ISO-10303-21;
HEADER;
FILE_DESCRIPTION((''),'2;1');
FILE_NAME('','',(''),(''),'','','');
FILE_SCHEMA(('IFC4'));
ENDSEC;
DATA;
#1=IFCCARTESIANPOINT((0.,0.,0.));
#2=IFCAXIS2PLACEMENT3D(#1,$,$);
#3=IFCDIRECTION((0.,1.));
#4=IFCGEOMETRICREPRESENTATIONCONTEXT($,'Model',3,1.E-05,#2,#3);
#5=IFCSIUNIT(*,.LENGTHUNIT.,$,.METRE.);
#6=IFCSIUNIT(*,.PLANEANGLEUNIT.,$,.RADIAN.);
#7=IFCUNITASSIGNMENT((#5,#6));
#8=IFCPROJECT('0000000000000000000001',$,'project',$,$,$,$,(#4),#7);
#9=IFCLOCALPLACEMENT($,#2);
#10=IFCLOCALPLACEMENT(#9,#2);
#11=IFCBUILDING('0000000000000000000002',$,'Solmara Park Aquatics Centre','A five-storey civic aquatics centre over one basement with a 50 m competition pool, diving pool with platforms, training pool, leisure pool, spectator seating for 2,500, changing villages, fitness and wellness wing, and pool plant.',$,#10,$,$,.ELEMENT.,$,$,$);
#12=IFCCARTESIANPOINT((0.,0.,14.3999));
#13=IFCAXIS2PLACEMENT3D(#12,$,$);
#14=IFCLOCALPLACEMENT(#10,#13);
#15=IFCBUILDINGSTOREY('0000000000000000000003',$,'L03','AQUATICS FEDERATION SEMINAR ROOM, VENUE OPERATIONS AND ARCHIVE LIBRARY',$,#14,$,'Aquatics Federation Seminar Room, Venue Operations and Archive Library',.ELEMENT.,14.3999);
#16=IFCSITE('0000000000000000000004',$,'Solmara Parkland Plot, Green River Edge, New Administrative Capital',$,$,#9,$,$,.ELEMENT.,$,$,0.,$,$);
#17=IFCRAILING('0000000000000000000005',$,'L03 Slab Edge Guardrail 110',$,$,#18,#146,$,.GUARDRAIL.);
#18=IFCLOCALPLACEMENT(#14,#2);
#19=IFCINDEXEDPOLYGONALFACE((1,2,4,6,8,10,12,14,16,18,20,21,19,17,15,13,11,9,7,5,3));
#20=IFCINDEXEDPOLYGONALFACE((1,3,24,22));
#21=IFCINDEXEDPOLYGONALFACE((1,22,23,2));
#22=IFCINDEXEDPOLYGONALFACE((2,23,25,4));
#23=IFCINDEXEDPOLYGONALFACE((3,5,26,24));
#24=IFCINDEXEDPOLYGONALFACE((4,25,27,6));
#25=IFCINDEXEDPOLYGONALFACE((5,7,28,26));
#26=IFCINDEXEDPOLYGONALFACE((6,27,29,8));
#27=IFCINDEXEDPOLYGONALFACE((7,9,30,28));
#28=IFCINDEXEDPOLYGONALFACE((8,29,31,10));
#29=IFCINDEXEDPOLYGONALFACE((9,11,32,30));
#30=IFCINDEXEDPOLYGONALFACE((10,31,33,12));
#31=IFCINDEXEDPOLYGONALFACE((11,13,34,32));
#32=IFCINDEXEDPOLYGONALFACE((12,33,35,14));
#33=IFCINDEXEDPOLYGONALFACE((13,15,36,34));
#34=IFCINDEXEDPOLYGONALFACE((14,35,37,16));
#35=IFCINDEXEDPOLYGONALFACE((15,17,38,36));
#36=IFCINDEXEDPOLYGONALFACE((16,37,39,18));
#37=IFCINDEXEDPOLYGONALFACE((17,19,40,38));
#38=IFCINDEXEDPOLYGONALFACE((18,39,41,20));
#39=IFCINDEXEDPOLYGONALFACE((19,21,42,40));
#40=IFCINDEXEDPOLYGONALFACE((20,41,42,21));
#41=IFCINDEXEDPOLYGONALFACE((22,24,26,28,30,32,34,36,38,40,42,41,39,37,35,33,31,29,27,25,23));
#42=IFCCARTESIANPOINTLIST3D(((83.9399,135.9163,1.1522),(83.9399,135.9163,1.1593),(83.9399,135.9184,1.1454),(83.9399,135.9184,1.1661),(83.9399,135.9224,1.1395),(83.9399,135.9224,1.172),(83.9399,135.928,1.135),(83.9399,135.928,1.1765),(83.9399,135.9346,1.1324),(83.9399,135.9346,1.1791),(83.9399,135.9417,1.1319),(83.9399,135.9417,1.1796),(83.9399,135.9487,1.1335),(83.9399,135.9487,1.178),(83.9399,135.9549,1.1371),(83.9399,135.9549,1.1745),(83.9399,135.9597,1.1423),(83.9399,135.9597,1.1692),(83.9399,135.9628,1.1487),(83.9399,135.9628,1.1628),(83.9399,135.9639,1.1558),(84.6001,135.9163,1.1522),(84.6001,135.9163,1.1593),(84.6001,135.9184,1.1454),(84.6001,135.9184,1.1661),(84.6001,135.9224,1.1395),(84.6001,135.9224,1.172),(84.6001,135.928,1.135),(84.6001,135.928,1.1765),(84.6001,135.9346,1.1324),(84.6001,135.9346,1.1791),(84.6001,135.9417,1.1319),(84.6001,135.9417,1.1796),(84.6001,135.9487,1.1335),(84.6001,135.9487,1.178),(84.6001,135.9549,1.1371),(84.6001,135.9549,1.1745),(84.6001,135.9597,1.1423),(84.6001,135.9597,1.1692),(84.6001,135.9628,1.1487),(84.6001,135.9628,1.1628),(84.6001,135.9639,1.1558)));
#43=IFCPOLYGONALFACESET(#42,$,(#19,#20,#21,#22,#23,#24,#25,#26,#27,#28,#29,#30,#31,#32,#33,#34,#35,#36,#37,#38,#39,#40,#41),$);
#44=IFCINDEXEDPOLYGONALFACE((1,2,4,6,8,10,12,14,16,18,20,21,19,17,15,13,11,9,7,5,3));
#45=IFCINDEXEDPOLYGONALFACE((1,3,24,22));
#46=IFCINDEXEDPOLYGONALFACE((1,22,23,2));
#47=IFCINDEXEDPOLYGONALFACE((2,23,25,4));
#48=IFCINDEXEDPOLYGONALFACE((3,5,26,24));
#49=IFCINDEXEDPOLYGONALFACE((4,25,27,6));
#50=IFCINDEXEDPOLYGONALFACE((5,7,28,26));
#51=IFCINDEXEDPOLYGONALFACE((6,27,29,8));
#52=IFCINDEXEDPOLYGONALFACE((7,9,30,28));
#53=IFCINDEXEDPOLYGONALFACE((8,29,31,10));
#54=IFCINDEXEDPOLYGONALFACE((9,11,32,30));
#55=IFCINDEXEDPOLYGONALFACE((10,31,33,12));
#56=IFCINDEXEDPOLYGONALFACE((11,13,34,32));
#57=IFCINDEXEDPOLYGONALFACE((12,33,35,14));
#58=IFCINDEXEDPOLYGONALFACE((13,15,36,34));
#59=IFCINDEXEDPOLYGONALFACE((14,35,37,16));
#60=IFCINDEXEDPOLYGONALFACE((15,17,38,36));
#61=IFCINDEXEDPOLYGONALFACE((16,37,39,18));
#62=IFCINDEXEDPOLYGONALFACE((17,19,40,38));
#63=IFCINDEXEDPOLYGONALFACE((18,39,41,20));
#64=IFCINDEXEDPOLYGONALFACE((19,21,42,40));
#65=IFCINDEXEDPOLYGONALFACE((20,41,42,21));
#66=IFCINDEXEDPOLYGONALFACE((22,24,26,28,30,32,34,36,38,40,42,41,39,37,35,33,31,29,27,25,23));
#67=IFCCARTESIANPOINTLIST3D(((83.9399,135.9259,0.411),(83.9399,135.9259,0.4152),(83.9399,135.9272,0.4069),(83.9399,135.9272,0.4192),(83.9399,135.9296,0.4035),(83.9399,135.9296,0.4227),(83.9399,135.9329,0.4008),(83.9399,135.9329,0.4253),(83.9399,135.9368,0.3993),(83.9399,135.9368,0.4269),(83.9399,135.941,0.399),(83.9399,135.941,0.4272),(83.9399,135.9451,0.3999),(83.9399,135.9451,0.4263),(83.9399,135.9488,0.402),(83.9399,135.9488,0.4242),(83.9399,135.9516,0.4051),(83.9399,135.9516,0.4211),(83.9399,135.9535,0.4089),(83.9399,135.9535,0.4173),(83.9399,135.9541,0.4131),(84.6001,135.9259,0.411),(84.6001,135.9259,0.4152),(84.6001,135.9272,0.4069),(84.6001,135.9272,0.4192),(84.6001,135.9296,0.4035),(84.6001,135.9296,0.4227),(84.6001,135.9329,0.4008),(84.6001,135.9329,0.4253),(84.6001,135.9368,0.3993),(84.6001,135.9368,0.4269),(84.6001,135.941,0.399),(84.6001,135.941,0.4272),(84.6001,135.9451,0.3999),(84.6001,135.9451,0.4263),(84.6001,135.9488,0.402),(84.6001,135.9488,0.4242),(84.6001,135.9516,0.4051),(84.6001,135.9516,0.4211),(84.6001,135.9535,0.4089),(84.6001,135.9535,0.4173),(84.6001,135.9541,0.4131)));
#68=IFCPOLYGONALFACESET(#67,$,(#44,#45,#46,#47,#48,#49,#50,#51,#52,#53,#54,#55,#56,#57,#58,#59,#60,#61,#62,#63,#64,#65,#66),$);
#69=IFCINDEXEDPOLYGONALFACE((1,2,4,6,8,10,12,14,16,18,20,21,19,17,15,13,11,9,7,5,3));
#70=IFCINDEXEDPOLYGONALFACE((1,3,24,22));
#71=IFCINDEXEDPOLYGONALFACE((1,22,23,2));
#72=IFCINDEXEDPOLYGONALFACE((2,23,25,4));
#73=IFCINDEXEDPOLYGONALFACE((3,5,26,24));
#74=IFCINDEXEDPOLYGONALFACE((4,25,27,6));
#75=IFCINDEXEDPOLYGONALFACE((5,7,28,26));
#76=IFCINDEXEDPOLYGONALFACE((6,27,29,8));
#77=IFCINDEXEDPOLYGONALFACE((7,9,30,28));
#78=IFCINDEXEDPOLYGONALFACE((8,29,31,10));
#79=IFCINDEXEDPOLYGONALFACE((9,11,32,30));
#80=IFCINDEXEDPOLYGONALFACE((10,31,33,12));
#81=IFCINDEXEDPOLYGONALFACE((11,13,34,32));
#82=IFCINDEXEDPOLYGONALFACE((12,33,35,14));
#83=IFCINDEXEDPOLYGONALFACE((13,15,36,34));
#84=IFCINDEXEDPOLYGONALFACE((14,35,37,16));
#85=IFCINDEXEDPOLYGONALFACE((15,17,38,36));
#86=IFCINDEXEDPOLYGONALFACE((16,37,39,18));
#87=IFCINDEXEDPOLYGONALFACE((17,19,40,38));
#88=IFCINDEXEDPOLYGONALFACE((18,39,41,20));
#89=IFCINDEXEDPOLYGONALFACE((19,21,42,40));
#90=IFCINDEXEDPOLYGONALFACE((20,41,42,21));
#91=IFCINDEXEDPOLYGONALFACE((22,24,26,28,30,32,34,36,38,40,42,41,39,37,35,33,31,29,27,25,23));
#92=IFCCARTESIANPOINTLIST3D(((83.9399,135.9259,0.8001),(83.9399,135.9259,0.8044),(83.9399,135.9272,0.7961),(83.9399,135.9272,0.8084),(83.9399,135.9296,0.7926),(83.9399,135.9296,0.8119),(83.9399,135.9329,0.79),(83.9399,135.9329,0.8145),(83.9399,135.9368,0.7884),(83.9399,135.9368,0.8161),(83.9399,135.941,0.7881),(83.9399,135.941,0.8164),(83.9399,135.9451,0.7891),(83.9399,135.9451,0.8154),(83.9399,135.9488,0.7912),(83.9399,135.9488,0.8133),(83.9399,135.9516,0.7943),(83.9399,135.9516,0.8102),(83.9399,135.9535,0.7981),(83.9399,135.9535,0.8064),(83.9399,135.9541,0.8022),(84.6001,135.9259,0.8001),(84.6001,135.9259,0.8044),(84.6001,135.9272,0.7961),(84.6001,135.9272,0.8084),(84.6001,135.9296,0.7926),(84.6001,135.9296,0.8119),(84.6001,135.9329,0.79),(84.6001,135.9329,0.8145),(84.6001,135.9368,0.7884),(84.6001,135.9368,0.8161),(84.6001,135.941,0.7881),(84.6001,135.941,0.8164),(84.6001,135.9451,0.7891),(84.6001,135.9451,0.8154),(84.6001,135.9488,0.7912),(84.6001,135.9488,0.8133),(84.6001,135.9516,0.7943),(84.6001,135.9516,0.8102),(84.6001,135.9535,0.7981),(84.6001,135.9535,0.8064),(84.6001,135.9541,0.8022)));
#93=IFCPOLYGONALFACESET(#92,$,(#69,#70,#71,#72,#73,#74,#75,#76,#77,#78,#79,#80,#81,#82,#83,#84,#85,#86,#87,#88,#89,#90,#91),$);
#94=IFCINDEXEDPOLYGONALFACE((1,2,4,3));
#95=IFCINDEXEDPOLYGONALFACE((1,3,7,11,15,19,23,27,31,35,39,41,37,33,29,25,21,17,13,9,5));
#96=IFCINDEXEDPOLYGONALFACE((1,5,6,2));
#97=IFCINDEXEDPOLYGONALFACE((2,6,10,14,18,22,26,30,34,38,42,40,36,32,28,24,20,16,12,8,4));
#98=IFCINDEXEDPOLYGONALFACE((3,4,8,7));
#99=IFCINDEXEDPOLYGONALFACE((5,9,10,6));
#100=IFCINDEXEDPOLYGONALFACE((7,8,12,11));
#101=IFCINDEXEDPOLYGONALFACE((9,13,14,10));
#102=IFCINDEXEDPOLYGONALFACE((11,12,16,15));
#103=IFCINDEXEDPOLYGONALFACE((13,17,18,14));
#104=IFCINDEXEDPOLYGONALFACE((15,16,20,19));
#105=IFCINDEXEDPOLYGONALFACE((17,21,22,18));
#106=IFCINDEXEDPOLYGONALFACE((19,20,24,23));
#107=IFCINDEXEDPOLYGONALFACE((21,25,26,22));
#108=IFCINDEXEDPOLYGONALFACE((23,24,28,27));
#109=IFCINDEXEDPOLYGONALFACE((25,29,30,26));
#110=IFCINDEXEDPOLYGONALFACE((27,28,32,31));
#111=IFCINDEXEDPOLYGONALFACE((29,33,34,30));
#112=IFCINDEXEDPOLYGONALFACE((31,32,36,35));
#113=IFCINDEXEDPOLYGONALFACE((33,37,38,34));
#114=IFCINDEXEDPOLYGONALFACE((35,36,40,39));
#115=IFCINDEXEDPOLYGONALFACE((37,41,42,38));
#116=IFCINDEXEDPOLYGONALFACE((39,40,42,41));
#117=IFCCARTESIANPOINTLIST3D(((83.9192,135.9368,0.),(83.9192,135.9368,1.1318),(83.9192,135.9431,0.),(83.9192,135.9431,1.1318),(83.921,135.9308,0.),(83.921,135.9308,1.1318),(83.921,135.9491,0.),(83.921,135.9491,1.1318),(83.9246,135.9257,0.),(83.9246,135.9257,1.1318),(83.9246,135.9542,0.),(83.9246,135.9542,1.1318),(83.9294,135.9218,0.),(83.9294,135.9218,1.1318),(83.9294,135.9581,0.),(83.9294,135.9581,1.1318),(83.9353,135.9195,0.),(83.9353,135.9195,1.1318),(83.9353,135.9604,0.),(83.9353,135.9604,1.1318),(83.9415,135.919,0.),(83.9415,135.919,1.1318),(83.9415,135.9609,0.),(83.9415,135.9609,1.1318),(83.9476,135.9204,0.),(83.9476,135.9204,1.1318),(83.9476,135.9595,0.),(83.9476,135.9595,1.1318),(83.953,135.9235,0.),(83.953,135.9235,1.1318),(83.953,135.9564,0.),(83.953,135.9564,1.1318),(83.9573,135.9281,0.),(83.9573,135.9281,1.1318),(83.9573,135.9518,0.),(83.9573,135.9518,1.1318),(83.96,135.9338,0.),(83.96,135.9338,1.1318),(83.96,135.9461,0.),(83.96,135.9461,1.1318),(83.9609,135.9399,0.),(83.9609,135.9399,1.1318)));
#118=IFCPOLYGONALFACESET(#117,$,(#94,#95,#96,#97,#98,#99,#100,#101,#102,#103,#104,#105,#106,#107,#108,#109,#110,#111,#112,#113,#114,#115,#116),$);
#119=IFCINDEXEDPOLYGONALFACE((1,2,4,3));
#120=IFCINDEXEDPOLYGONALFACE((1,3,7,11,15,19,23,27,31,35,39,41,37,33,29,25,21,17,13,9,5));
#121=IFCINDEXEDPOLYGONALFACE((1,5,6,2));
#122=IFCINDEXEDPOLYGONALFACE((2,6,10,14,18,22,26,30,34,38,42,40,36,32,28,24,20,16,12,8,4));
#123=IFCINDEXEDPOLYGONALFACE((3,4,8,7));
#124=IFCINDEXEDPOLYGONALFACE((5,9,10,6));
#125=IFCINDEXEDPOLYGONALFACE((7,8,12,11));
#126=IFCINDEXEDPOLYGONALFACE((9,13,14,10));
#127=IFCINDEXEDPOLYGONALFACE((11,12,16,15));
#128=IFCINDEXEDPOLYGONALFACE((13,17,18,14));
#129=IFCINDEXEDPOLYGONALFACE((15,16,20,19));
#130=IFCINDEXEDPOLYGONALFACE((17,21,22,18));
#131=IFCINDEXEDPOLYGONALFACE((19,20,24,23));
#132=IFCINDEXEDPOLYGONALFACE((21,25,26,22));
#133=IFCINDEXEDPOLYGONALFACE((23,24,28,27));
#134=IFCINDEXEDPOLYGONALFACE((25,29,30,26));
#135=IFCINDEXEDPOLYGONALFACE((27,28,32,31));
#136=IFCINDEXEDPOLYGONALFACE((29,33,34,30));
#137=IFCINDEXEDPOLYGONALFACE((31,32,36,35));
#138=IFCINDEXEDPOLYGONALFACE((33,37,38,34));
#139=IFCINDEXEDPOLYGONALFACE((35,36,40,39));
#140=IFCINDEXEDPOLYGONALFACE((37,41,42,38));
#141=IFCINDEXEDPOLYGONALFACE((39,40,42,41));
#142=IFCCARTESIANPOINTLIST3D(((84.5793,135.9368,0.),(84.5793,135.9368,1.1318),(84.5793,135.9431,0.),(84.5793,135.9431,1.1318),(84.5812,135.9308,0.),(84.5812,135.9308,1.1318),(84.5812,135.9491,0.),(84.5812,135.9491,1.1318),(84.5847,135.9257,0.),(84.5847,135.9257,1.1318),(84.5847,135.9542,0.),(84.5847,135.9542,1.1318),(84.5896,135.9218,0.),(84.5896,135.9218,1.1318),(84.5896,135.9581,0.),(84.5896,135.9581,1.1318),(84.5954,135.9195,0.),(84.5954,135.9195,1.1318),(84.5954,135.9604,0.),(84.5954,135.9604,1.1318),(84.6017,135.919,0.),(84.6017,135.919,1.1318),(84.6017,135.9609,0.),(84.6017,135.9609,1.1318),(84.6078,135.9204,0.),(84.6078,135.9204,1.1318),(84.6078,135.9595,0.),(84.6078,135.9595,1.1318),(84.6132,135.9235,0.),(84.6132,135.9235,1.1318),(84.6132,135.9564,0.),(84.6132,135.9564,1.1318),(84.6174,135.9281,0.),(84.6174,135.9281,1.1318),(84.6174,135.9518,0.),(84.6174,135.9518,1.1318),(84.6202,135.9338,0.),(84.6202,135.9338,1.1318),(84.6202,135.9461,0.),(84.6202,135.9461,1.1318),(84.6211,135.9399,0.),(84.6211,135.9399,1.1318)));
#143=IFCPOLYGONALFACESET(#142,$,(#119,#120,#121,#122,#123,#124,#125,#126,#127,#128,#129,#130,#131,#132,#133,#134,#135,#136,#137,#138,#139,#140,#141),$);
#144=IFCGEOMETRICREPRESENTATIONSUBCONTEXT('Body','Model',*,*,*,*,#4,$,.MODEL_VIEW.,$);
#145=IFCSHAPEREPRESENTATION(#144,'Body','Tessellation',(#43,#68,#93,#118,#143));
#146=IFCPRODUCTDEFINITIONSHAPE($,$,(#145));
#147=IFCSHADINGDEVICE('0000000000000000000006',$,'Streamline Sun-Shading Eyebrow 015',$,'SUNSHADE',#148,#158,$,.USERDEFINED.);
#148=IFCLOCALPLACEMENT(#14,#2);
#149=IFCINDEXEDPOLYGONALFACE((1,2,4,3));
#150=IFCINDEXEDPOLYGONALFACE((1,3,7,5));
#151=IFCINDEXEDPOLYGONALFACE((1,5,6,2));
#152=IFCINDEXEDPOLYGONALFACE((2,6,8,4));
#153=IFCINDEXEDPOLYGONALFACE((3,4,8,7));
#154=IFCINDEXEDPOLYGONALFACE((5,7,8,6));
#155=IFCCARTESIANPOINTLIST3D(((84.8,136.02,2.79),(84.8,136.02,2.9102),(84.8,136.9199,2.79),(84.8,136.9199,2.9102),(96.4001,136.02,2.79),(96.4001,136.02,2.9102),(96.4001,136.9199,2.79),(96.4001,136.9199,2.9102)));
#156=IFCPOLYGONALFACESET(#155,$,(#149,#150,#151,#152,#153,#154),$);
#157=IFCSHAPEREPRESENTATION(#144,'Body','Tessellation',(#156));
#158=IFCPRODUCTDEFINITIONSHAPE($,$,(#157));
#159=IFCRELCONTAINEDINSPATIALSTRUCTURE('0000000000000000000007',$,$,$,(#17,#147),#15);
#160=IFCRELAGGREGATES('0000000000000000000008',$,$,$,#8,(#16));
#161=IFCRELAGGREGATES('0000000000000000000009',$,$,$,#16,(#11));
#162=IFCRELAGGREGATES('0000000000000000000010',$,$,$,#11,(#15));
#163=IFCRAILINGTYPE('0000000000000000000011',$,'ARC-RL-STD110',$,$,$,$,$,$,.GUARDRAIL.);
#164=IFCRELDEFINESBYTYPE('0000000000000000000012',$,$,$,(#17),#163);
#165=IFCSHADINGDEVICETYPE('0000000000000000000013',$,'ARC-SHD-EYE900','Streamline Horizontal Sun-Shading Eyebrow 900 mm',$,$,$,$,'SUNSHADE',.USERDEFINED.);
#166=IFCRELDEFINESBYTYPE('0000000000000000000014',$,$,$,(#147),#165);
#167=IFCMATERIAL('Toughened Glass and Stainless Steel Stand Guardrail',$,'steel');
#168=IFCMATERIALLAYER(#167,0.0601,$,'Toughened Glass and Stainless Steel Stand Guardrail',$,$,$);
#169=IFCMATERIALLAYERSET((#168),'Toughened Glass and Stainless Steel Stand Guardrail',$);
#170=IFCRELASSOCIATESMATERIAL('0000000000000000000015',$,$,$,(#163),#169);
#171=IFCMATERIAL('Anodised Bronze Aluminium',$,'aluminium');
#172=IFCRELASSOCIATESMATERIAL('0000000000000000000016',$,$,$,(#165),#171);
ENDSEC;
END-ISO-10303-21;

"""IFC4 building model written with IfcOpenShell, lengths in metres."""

from ifc_helpers import new_model, si_unit, direction, frame, origin, origin_2d, place, context, subcontext, project, spatial, rectangle, circle, extrude, material, layer, layer_set, type_object, element, save


model = new_model("IFC4")

# Units and contexts
model_context = context("Model", 3, precision=1e-05, world=origin(), true_north=direction((0.0, 1.0)))
body_context = subcontext(model_context, "Body", "Model", "MODEL_VIEW")
ifc_project = project(units=[si_unit("LENGTHUNIT", "METRE"), si_unit("PLANEANGLEUNIT", "RADIAN")], contexts=[model_context])

# Site, building, storey
site_placement = place(None, origin())
site = spatial("IfcSite", under=ifc_project, at=site_placement, Name="Solmara Parkland Plot, Green River Edge, New Administrative Capital", CompositionType="ELEMENT", RefElevation=0.0)
building_placement = place(site_placement, origin())
building = spatial("IfcBuilding", under=site, at=building_placement, Name="Solmara Park Aquatics Centre", Description="A five-storey civic aquatics centre over one basement with a 50 m competition pool, diving pool with platforms, training pool, leisure pool, spectator seating for 2,500, changing villages, fitness and wellness wing, and pool plant.", CompositionType="ELEMENT")
storey_placement = place(building_placement, frame((0.0, 0.0, 14.3999)))
storey = spatial("IfcBuildingStorey", under=building, at=storey_placement, Name="L03", Description="AQUATICS FEDERATION SEMINAR ROOM, VENUE OPERATIONS AND ARCHIVE LIBRARY", LongName="Aquatics Federation Seminar Room, Venue Operations and Archive Library", CompositionType="ELEMENT", Elevation=14.3999)

# Railing
ifc_material_1 = material(Name="Toughened Glass and Stainless Steel Stand Guardrail", Category="steel")
ifc_layer_1 = layer(ifc_material_1, 0.0601, Name="Toughened Glass and Stainless Steel Stand Guardrail")
ifc_layer_set_1 = layer_set([ifc_layer_1], Name="Toughened Glass and Stainless Steel Stand Guardrail")
railing_type = type_object("IfcRailingType", Name="ARC-RL-STD110", PredefinedType="GUARDRAIL", material=ifc_layer_set_1)
railing_placement = place(storey_placement, frame((83.9399, 135.9399, 0.0)))
element("IfcRailing", 1, at=railing_placement, inside=storey, type_object=railing_type, Name="L03 Slab Edge Guardrail 110", PredefinedType="GUARDRAIL", context=body_context, shape_type="SweptSolid", body=[
    extrude(circle(Radius=0.0239, at=origin_2d()), frame((0.0, 0.0, 1.1558), z_axis=(1.0, 0.0, 0.0), x_axis=(0.0, 1.0, 0.0)), (0.0, 0.0, 1.0), 0.6602),
    extrude(circle(Radius=0.0142, at=origin_2d()), frame((0.0, 0.0, 0.4131), z_axis=(1.0, 0.0, 0.0), x_axis=(0.0, 1.0, 0.0)), (0.0, 0.0, 1.0), 0.6602),
    extrude(circle(Radius=0.0142, at=origin_2d()), frame((0.0, 0.0, 0.8022), z_axis=(1.0, 0.0, 0.0), x_axis=(0.0, 1.0, 0.0)), (0.0, 0.0, 1.0), 0.6602),
    extrude(circle(Radius=0.021, at=origin_2d()), origin(), (0.0, 0.0, 1.0), 1.1318),
    extrude(circle(Radius=0.021, at=origin_2d()), frame((0.6602, 0.0, 0.0)), (0.0, 0.0, 1.0), 1.1318),
])

# Shading device
ifc_material_2 = material(Name="Anodised Bronze Aluminium", Category="aluminium")
shading_device_type = type_object("IfcShadingDeviceType", Name="ARC-SHD-EYE900", Description="Streamline Horizontal Sun-Shading Eyebrow 900 mm", ElementType="SUNSHADE", PredefinedType="USERDEFINED", material=ifc_material_2)
shading_device_placement = place(storey_placement, frame((90.6001, 136.47, 2.79), z_axis=(0.0, 0.0, 1.0), x_axis=(1.0, 0.0, 0.0)))
element("IfcShadingDevice", 2, at=shading_device_placement, inside=storey, type_object=shading_device_type, Name="Streamline Sun-Shading Eyebrow 015", ObjectType="SUNSHADE", PredefinedType="USERDEFINED", context=body_context, shape_type="SweptSolid", body=[
    extrude(rectangle(XDim=11.6001, YDim=0.8999, at=origin_2d()), origin(), (0.0, 0.0, 1.0), 0.1201),
])

save(model, "model.ifc")
